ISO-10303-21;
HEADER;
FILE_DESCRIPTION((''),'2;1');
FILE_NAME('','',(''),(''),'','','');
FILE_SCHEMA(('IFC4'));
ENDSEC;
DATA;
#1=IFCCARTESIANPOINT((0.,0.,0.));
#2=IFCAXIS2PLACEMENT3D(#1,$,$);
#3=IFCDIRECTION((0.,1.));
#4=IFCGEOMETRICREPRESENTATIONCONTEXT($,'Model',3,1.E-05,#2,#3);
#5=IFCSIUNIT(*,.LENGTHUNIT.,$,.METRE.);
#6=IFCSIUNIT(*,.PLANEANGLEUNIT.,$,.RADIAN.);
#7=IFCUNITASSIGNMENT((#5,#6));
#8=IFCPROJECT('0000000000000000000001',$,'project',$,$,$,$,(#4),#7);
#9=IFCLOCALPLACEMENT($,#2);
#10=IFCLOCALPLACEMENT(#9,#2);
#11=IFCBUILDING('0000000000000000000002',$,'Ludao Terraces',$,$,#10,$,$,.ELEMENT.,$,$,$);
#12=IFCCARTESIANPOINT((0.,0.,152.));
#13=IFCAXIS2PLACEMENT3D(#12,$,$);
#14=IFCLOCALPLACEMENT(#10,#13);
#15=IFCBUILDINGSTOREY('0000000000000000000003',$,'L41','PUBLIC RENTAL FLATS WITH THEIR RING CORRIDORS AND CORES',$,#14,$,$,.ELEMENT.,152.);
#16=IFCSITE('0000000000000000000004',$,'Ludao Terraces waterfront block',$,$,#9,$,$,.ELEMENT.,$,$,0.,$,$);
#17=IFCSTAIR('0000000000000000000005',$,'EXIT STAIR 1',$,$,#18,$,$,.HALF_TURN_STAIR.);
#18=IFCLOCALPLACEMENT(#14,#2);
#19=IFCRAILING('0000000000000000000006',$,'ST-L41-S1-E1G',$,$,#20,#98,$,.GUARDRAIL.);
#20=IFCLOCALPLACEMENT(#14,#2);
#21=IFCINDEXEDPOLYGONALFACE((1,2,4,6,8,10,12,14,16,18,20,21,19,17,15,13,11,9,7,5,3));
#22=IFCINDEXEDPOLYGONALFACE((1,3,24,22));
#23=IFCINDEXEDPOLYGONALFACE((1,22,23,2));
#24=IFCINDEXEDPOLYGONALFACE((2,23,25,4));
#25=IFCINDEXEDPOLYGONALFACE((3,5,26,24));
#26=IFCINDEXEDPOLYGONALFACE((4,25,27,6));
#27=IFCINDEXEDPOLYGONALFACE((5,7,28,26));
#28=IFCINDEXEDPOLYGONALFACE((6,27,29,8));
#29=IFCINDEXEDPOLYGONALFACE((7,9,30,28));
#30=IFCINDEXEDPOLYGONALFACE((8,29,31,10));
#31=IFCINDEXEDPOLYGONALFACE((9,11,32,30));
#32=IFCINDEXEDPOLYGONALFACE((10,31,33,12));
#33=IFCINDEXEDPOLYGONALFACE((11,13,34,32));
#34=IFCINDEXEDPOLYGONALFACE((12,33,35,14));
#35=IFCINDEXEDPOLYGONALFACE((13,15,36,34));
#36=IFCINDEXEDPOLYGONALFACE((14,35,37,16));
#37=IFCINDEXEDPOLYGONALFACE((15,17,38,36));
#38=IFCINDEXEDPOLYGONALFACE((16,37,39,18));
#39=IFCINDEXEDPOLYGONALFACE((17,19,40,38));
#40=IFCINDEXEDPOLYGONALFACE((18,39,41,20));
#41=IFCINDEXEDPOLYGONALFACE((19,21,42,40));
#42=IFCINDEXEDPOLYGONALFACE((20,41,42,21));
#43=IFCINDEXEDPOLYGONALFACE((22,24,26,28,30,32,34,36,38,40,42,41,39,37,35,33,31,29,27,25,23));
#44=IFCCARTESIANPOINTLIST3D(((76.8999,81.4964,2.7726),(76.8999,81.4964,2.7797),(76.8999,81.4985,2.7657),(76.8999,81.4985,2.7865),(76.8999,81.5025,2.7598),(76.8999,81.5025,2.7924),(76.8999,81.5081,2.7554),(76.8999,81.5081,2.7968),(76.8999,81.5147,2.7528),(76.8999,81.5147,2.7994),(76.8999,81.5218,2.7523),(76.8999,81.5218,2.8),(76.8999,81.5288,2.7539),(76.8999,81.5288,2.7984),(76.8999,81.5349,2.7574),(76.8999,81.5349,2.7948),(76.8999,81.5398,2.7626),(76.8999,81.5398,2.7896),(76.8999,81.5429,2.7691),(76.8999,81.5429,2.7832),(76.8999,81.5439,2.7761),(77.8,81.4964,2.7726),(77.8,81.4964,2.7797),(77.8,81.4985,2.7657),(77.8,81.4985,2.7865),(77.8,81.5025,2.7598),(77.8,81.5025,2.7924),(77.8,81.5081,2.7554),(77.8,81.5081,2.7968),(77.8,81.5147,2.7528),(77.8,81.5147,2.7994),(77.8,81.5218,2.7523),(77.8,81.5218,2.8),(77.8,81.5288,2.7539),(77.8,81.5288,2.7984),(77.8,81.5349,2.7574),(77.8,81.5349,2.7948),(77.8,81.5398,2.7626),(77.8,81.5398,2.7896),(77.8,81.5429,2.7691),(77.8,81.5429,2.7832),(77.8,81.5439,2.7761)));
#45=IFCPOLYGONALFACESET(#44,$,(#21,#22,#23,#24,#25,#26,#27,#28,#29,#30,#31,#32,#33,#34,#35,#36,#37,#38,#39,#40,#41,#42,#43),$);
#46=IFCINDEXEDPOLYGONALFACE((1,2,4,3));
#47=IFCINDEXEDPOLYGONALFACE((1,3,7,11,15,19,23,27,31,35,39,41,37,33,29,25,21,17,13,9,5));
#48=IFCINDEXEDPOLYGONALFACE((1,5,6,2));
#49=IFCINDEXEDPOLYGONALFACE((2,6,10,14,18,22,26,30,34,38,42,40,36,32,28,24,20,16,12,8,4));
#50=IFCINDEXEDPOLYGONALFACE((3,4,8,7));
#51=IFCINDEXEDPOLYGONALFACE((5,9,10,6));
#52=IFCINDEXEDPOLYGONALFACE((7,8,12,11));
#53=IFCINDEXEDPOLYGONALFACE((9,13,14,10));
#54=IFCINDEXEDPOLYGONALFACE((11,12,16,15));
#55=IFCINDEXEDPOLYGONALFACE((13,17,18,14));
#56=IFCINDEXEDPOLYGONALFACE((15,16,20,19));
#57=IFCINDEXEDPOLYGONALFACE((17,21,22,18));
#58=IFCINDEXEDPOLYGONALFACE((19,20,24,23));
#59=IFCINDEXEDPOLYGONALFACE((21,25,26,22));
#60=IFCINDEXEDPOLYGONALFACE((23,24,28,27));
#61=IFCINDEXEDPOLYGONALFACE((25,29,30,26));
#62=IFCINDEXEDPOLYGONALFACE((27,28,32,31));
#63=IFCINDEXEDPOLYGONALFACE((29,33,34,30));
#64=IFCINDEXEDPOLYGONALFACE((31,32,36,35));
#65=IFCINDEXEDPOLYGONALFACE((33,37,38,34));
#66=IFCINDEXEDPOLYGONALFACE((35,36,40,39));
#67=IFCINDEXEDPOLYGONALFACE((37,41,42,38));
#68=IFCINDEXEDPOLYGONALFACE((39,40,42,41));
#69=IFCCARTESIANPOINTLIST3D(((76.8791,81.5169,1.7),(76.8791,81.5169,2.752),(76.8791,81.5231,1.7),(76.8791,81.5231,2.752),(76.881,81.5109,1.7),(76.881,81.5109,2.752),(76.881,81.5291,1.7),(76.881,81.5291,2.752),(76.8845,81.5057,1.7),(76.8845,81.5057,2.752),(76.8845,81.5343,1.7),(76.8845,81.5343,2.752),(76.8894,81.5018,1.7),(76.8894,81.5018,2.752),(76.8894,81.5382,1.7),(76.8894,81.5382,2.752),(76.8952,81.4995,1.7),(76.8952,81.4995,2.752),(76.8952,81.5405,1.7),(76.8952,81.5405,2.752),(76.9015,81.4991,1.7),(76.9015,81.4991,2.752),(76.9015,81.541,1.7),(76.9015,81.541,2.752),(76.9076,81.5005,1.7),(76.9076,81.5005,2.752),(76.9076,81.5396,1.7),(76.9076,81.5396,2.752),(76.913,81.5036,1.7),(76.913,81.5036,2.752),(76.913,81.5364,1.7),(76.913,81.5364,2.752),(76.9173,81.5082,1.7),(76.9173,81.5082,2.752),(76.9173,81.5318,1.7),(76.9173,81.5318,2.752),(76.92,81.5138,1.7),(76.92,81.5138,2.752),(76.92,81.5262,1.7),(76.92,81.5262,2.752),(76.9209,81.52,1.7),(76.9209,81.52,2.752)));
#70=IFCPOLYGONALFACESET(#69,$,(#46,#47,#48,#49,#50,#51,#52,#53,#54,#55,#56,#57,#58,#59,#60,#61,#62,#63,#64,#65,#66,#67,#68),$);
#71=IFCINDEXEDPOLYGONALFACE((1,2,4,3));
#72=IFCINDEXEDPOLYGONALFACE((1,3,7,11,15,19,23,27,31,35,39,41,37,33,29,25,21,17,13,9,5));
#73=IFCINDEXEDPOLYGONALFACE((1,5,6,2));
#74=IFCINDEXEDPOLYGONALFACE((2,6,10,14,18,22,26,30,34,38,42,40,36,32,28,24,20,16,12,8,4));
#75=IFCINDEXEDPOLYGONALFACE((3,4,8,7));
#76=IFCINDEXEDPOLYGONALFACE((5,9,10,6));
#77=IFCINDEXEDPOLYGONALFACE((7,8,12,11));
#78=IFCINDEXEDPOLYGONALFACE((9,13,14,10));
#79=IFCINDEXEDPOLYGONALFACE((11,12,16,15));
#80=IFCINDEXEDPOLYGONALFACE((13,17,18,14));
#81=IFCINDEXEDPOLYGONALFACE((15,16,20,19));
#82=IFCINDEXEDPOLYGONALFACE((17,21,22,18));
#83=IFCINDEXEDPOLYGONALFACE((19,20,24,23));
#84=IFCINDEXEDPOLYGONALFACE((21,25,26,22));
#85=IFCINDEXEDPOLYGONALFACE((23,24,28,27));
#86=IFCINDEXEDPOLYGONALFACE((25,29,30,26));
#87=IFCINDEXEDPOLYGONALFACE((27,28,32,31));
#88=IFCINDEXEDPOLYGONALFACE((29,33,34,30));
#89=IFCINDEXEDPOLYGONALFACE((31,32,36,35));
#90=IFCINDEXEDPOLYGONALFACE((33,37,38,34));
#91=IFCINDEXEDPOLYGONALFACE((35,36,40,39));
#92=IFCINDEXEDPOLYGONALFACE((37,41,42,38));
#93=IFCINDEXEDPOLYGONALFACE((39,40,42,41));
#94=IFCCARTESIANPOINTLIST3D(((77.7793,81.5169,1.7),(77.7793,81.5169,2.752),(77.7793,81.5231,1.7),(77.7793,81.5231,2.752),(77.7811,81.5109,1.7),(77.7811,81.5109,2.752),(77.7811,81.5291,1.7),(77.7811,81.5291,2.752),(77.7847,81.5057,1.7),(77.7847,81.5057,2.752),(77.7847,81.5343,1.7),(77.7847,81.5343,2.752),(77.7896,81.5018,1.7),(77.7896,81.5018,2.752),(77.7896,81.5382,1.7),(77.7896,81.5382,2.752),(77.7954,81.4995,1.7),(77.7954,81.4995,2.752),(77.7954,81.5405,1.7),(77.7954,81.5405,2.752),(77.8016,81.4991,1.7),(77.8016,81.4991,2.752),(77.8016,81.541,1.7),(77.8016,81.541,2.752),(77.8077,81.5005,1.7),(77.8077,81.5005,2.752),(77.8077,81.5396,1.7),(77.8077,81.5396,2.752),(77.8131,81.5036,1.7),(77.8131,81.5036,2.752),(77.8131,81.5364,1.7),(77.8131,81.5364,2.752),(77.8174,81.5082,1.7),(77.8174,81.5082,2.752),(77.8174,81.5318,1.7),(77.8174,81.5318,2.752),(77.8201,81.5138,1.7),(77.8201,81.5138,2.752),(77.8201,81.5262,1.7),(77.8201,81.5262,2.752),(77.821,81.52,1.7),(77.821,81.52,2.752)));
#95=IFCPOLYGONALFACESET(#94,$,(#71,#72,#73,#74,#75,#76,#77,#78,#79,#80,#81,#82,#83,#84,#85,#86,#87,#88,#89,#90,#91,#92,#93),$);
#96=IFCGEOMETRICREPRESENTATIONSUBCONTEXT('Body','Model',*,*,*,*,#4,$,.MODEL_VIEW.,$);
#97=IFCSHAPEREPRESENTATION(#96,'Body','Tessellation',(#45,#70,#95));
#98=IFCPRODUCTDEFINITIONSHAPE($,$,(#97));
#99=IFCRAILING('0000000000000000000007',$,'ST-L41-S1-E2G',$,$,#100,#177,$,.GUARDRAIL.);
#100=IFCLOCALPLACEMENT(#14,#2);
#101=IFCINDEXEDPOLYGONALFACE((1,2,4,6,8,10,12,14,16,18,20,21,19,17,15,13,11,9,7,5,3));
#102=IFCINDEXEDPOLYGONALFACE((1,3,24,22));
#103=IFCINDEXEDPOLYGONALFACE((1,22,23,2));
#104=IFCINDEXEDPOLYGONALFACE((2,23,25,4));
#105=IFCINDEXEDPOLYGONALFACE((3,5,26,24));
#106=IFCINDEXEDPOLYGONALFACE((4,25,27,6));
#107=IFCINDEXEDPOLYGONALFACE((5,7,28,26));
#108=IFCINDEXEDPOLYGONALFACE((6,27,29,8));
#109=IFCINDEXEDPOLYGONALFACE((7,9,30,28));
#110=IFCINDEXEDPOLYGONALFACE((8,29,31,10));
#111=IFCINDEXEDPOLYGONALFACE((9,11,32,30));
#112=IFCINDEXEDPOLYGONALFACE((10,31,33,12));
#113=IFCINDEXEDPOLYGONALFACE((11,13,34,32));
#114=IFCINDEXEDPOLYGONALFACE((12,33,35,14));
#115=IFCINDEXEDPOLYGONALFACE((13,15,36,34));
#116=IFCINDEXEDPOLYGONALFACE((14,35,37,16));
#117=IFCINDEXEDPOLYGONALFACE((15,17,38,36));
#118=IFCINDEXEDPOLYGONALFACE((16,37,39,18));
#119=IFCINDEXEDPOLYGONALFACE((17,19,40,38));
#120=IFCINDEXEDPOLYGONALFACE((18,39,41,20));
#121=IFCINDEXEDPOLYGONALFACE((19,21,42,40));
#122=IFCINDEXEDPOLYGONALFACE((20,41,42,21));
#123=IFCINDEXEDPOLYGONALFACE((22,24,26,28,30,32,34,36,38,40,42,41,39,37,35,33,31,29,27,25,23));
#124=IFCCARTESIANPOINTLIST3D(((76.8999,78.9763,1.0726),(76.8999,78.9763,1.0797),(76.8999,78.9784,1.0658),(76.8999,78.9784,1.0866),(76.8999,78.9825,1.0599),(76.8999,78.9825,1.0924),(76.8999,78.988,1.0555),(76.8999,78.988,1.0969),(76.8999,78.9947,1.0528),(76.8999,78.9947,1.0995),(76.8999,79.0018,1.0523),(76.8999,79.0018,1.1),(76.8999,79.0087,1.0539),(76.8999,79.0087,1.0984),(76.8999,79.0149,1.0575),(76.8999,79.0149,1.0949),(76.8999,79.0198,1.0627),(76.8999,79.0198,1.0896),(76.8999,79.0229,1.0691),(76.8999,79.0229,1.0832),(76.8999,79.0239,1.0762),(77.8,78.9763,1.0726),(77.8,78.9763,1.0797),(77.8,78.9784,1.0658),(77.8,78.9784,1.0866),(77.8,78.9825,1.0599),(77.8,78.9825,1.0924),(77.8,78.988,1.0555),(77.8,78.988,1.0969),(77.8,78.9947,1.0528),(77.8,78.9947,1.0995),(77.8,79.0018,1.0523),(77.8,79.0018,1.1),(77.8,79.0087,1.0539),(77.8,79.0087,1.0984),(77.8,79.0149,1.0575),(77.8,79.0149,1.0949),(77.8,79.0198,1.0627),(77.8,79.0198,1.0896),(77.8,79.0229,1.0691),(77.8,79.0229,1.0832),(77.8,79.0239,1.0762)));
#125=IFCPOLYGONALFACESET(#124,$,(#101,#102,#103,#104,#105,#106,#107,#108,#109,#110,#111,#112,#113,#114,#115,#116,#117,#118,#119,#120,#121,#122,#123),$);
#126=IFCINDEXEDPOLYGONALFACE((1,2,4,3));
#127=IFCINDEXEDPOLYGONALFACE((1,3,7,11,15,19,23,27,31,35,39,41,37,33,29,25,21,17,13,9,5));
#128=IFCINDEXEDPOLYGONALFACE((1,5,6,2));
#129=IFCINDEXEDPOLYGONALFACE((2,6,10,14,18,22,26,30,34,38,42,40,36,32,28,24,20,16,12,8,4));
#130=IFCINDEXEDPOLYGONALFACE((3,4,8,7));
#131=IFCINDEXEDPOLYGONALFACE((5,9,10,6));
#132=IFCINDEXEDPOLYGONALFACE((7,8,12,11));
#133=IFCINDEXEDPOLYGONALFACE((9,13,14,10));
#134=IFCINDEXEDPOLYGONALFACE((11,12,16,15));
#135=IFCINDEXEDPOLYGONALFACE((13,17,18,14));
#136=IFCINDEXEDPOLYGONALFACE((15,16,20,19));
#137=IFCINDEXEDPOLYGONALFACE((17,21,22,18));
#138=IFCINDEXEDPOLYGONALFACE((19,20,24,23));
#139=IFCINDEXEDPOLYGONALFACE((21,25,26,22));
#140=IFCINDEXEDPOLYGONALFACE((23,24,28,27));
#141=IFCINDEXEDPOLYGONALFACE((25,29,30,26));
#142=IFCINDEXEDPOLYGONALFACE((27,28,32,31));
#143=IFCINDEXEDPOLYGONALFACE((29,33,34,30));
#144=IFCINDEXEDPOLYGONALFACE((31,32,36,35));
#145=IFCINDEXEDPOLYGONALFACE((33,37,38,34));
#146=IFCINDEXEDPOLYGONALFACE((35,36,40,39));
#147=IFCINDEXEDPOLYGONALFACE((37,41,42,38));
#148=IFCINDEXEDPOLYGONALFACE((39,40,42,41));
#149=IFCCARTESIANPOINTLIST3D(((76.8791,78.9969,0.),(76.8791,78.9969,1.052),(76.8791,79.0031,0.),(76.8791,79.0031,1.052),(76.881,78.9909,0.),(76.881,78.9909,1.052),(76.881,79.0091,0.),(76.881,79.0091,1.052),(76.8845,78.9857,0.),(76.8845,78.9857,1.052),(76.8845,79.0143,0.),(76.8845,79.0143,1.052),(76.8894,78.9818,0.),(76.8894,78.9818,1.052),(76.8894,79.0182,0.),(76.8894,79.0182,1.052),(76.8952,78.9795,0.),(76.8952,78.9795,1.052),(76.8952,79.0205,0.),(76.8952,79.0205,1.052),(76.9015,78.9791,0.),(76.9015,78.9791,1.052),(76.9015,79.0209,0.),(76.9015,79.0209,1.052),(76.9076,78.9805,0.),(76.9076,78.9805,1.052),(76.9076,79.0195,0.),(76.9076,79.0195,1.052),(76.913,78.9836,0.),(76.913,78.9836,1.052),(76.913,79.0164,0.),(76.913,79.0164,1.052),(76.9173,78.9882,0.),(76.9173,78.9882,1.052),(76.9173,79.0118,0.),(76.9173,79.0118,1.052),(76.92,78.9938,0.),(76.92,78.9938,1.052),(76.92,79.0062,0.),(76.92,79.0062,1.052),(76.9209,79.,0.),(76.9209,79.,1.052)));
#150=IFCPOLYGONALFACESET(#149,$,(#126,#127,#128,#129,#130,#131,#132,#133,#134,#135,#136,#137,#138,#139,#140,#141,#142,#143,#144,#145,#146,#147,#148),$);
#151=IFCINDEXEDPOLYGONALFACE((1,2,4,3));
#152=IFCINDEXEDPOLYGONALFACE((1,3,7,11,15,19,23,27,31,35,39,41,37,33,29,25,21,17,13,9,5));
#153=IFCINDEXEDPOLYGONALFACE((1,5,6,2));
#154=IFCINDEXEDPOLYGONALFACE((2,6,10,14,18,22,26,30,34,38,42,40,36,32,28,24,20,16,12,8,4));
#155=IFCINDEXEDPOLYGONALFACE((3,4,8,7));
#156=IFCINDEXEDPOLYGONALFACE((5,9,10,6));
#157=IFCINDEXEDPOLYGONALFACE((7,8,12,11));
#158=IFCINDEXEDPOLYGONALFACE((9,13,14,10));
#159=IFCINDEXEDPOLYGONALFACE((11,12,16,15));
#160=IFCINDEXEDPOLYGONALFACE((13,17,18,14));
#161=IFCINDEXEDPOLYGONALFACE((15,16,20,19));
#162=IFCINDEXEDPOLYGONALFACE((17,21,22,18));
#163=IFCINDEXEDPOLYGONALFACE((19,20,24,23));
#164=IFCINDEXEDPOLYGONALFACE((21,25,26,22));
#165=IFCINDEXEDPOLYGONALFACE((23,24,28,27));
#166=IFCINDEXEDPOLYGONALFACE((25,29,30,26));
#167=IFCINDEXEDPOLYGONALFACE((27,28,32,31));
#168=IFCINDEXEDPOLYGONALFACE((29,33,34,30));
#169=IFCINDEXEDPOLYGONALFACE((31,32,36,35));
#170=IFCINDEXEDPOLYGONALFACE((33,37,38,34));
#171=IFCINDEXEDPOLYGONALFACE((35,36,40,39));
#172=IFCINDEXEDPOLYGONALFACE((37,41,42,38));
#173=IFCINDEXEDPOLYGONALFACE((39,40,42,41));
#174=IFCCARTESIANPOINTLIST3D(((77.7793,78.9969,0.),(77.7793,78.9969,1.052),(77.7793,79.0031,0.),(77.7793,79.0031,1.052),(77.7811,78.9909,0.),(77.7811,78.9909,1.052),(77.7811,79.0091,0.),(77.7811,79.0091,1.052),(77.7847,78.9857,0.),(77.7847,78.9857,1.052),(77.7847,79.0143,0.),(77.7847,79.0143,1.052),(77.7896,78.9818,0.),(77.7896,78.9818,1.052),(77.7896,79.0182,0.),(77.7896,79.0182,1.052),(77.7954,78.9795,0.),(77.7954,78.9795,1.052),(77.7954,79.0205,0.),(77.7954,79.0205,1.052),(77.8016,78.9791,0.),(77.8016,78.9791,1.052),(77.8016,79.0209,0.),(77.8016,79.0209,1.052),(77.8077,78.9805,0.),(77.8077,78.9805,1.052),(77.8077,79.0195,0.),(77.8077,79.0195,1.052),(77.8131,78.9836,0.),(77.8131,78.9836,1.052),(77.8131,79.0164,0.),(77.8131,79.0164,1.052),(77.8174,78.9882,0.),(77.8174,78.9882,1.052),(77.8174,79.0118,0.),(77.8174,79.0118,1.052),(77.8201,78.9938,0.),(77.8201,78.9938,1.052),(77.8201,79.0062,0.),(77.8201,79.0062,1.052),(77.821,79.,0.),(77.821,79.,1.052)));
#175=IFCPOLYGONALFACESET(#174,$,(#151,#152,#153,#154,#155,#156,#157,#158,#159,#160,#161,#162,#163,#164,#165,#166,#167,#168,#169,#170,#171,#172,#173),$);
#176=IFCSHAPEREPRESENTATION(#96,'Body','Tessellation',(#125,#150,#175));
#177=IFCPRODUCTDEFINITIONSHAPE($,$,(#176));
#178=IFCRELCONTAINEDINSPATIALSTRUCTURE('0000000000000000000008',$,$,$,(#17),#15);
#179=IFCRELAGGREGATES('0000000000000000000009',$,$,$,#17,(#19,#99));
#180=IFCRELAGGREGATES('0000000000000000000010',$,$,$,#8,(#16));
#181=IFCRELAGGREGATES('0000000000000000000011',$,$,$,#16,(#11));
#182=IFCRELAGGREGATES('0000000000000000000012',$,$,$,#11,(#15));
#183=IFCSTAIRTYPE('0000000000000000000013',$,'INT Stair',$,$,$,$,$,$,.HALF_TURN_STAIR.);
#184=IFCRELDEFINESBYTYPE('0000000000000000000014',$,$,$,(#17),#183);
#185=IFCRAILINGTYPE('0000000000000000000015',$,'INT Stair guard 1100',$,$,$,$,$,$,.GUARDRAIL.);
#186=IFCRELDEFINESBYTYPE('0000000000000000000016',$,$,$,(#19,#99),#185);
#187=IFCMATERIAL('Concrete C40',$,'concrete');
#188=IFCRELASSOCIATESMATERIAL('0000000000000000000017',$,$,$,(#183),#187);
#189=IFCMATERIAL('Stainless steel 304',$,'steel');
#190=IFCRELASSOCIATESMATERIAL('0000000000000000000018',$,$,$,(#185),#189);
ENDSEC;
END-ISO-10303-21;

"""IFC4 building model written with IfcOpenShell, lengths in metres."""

from ifc_helpers import new_model, si_unit, direction, frame, origin, origin_2d, place, context, subcontext, project, spatial, circle, extrude, material, type_object, element, aggregate, save


model = new_model("IFC4")

# Units and contexts
model_context = context("Model", 3, precision=1e-05, world=origin(), true_north=direction((0.0, 1.0)))
body_context = subcontext(model_context, "Body", "Model", "MODEL_VIEW")
ifc_project = project(units=[si_unit("LENGTHUNIT", "METRE"), si_unit("PLANEANGLEUNIT", "RADIAN")], contexts=[model_context])

# Site, building, storey
site_placement = place(None, origin())
site = spatial("IfcSite", under=ifc_project, at=site_placement, Name="Ludao Terraces waterfront block", CompositionType="ELEMENT", RefElevation=0.0)
building_placement = place(site_placement, origin())
building = spatial("IfcBuilding", under=site, at=building_placement, Name="Ludao Terraces", CompositionType="ELEMENT")
storey_placement = place(building_placement, frame((0.0, 0.0, 152.0)))
storey = spatial("IfcBuildingStorey", under=building, at=storey_placement, Name="L41", Description="PUBLIC RENTAL FLATS WITH THEIR RING CORRIDORS AND CORES", CompositionType="ELEMENT", Elevation=152.0)

# Shared definitions
ifc_material_1 = material(Name="Stainless steel 304", Category="steel")

# Stair, railings
ifc_material_2 = material(Name="Concrete C40", Category="concrete")
stair_type = type_object("IfcStairType", Name="INT Stair", PredefinedType="HALF_TURN_STAIR", material=ifc_material_2)
stair_placement = place(storey_placement, origin())
stair = element("IfcStair", 1, at=stair_placement, inside=storey, type_object=stair_type, Name="EXIT STAIR 1", PredefinedType="HALF_TURN_STAIR")
railing_type_1 = type_object("IfcRailingType", Name="INT Stair guard 1100", PredefinedType="GUARDRAIL", material=ifc_material_1)
railing_1_placement = place(storey_placement, frame((76.8999, 81.52, 1.7)))
railing_1 = element("IfcRailing", 2, at=railing_1_placement, type_object=railing_type_1, Name="ST-L41-S1-E1G", PredefinedType="GUARDRAIL", context=body_context, shape_type="SweptSolid", body=[
    extrude(circle(Radius=0.0239, at=origin_2d()), frame((0.0, 0.0, 1.0762), z_axis=(1.0, 0.0, 0.0), x_axis=(0.0, 1.0, 0.0)), (0.0, 0.0, 1.0), 0.9001),
    extrude(circle(Radius=0.021, at=origin_2d()), origin(), (0.0, 0.0, 1.0), 1.052),
    extrude(circle(Radius=0.021, at=origin_2d()), frame((0.9001, 0.0, 0.0)), (0.0, 0.0, 1.0), 1.052),
])
railing_2_placement = place(storey_placement, frame((76.8999, 79.0, 0.0)))
railing_2 = element("IfcRailing", 3, at=railing_2_placement, type_object=railing_type_1, Name="ST-L41-S1-E2G", PredefinedType="GUARDRAIL", context=body_context, shape_type="SweptSolid", body=[
    extrude(circle(Radius=0.0239, at=origin_2d()), frame((0.0, 0.0, 1.0762), z_axis=(1.0, 0.0, 0.0), x_axis=(0.0, 1.0, 0.0)), (0.0, 0.0, 1.0), 0.9001),
    extrude(circle(Radius=0.021, at=origin_2d()), origin(), (0.0, 0.0, 1.0), 1.052),
    extrude(circle(Radius=0.021, at=origin_2d()), frame((0.9001, 0.0, 0.0)), (0.0, 0.0, 1.0), 1.052),
])
aggregate(stair, [railing_1, railing_2])

save(model, "model.ifc")
